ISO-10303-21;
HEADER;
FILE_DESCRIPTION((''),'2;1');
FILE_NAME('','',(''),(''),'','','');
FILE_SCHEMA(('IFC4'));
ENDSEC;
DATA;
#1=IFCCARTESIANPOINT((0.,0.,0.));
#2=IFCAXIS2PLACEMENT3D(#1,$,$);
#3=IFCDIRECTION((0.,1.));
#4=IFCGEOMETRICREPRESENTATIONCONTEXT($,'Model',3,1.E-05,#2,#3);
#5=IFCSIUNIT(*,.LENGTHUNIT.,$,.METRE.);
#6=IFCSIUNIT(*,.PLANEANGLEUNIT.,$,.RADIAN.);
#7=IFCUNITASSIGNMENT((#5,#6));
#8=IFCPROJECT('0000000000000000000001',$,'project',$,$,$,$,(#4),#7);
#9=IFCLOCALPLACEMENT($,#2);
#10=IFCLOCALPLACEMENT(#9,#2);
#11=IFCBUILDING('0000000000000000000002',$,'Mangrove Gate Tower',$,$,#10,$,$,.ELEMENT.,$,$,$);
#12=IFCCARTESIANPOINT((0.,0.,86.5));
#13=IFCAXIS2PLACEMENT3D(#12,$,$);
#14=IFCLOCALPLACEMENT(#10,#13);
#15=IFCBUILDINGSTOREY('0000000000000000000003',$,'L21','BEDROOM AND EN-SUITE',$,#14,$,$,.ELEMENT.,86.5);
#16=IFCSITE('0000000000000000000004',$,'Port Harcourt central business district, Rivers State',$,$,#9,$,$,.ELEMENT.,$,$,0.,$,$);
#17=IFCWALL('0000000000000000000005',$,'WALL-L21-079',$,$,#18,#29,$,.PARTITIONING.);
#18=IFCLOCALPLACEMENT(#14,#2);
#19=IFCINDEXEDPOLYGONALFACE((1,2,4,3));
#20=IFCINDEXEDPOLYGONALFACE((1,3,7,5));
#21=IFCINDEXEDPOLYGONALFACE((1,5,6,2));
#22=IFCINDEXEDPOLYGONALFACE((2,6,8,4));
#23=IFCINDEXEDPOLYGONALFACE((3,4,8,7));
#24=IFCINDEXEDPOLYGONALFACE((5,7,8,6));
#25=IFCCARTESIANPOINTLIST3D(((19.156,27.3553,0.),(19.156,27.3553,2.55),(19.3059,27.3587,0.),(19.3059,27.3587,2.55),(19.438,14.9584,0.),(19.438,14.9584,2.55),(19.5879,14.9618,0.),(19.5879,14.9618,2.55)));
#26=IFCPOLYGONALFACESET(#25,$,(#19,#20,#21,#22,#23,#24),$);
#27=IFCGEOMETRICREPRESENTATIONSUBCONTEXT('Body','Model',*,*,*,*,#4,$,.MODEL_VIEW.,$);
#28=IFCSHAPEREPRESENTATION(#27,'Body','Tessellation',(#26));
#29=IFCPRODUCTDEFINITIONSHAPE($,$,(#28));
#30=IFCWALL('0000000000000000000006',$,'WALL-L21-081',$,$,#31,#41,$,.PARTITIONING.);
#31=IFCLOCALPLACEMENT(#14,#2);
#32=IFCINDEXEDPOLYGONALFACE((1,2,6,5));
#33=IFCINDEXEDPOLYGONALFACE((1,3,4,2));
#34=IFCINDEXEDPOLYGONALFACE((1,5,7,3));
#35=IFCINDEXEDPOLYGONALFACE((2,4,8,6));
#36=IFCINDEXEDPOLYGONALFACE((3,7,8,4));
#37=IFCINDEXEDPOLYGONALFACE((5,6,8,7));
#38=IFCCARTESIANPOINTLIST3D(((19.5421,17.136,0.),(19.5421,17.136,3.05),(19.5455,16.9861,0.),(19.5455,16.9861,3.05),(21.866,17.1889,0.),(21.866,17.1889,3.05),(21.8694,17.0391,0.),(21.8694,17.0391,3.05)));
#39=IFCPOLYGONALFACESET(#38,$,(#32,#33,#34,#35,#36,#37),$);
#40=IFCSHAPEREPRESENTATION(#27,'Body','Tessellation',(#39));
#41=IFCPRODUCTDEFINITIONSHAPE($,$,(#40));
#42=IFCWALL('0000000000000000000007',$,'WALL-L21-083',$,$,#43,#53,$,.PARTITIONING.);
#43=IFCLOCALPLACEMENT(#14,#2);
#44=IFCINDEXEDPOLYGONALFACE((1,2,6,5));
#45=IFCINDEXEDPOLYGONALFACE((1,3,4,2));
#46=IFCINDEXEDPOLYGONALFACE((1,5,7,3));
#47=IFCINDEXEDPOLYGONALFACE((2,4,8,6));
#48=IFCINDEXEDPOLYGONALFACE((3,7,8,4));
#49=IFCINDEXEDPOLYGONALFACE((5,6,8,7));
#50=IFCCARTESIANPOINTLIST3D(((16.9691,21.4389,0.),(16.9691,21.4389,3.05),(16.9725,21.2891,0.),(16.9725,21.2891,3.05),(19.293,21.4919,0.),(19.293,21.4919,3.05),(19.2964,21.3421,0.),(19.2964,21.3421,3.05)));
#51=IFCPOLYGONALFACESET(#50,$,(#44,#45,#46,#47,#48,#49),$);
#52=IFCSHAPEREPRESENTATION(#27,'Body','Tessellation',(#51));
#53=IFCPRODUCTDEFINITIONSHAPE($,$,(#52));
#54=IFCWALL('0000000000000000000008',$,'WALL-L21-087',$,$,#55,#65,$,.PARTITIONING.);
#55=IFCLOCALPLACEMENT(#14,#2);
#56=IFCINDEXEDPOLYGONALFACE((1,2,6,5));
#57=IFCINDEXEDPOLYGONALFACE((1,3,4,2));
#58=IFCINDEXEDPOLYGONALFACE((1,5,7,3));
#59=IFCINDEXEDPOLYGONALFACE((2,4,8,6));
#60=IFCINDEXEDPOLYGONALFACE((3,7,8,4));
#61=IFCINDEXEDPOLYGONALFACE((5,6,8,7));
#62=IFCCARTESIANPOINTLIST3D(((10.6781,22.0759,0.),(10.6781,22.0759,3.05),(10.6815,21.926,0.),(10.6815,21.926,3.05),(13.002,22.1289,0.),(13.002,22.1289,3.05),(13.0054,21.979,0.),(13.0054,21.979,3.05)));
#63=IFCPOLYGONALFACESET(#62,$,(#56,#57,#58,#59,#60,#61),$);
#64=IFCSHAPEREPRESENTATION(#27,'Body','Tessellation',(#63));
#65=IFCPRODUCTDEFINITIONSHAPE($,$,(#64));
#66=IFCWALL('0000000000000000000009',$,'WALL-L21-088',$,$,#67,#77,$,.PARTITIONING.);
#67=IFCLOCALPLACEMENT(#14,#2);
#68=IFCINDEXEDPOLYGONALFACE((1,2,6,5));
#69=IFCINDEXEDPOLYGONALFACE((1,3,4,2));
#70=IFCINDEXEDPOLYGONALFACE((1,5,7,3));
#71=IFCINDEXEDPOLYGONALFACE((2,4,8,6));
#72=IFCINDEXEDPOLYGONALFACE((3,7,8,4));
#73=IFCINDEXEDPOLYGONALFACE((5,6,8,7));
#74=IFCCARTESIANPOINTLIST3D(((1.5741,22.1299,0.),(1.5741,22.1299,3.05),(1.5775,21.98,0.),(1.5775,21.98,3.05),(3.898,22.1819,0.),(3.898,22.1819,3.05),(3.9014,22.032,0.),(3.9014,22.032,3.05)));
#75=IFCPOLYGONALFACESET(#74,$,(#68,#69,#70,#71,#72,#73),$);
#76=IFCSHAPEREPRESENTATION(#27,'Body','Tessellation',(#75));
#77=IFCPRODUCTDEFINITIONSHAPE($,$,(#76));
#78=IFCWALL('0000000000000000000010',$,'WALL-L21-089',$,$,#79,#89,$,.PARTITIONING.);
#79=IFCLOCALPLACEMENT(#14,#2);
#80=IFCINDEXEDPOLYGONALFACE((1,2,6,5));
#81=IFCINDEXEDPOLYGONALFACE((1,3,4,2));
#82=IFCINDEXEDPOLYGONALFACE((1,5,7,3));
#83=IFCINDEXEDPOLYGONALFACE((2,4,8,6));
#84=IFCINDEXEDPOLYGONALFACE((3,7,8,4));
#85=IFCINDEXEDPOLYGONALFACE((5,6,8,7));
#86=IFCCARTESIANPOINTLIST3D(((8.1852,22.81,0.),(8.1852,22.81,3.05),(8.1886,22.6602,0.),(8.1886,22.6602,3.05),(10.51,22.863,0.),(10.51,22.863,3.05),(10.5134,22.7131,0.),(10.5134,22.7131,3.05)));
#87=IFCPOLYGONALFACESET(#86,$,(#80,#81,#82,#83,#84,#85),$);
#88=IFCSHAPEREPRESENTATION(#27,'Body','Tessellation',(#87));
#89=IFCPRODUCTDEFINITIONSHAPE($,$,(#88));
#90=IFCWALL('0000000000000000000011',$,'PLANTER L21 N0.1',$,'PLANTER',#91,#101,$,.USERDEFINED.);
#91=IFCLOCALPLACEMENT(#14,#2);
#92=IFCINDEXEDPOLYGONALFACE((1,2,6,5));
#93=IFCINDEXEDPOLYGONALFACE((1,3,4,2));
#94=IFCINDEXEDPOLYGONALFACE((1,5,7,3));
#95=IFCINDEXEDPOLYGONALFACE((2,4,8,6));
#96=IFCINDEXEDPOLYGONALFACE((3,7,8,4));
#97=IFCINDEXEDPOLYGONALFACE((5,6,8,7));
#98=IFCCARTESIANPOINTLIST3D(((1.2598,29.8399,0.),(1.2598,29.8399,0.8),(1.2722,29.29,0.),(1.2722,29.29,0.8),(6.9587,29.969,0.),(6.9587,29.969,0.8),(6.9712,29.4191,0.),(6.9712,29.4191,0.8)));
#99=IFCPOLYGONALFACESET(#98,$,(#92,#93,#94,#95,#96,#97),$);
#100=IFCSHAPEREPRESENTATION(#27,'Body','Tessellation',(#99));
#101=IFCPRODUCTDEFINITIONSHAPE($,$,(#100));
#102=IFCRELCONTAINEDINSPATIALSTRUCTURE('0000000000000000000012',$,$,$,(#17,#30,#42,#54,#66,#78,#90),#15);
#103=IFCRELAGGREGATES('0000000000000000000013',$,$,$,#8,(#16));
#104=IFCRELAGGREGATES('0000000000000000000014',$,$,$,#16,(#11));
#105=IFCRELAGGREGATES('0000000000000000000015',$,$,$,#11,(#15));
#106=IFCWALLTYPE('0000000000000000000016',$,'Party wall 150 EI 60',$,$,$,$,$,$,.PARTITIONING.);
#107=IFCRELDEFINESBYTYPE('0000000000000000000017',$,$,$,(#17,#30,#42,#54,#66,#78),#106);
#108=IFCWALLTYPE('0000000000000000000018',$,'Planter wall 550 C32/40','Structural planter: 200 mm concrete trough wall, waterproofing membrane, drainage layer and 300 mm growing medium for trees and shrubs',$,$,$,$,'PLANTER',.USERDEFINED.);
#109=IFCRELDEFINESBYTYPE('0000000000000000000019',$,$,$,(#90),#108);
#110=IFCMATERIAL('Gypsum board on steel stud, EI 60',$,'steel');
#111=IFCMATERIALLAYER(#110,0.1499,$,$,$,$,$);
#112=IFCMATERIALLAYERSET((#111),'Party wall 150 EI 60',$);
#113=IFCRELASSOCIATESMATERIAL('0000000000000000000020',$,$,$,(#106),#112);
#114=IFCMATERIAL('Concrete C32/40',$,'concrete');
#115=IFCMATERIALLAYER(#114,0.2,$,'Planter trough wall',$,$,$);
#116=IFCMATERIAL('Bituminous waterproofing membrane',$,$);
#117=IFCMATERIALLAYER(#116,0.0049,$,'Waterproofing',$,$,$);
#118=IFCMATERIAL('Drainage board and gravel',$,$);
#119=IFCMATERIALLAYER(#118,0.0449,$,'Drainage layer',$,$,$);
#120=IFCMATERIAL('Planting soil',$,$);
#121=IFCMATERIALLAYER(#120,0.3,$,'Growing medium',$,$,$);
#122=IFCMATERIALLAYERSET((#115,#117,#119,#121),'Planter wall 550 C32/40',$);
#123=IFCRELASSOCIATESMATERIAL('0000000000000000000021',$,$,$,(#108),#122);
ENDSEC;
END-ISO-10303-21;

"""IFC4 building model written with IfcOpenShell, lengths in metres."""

from ifc_helpers import new_model, si_unit, direction, frame, frame_2d, origin, place, context, subcontext, project, spatial, rectangle, extrude, material, layer, layer_set, type_object, element, save


model = new_model("IFC4")

# Units and contexts
model_context = context("Model", 3, precision=1e-05, world=origin(), true_north=direction((0.0, 1.0)))
body_context = subcontext(model_context, "Body", "Model", "MODEL_VIEW")
ifc_project = project(units=[si_unit("LENGTHUNIT", "METRE"), si_unit("PLANEANGLEUNIT", "RADIAN")], contexts=[model_context])

# Site, building, storey
site_placement = place(None, origin())
site = spatial("IfcSite", under=ifc_project, at=site_placement, Name="Port Harcourt central business district, Rivers State", CompositionType="ELEMENT", RefElevation=0.0)
building_placement = place(site_placement, origin())
building = spatial("IfcBuilding", under=site, at=building_placement, Name="Mangrove Gate Tower", CompositionType="ELEMENT")
storey_placement = place(building_placement, frame((0.0, 0.0, 86.5)))
storey = spatial("IfcBuildingStorey", under=building, at=storey_placement, Name="L21", Description="BEDROOM AND EN-SUITE", CompositionType="ELEMENT", Elevation=86.5)

# Shared definitions
ifc_material_1 = material(Name="Gypsum board on steel stud, EI 60", Category="steel")
ifc_layer_1 = layer(ifc_material_1, 0.1499)
ifc_layer_set_1 = layer_set([ifc_layer_1], Name="Party wall 150 EI 60")
wall_type_1 = type_object("IfcWallType", Name="Party wall 150 EI 60", PredefinedType="PARTITIONING", material=ifc_layer_set_1)

# Walls
wall_1_placement = place(storey_placement, frame((19.5129, 14.96, 0.0), z_axis=(0.0, 0.0, 1.0), x_axis=(-0.02274, 0.999741, 0.0)))
element("IfcWall", 1, at=wall_1_placement, inside=storey, type_object=wall_type_1, Name="WALL-L21-079", PredefinedType="PARTITIONING", context=body_context, shape_type="SweptSolid", body=[
    extrude(rectangle(XDim=12.4001, YDim=0.1499, at=frame_2d((6.2002, 0.0))), origin(), (0.0, 0.0, 1.0), 2.55),
])
for number, where, z_axis, x_axis, name in (
    (2, (19.5439, 17.061, 0.0), (0.0, 0.0, 1.0), (0.99974, 0.022791, 0.0), "WALL-L21-081"),
    (3, (16.9709, 21.364, 0.0), (0.0, 0.0, 1.0), (0.99974, 0.022791, 0.0), "WALL-L21-083"),
    (4, (10.6799, 22.001, 0.0), (0.0, 0.0, 1.0), (0.99974, 0.022791, 0.0), "WALL-L21-087"),
    (5, (1.5759, 22.0549, 0.0), (0.0, 0.0, 1.0), (0.99975, 0.022371, 0.0), "WALL-L21-088"),
):
    element("IfcWall", number, at=place(storey_placement, frame(where, z_axis=z_axis, x_axis=x_axis)), inside=storey, type_object=wall_type_1, Name=name, PredefinedType="PARTITIONING", context=body_context, shape_type="SweptSolid", body=[
        extrude(rectangle(XDim=2.3245, YDim=0.1499, at=frame_2d((1.1621, 0.0))), origin(), (0.0, 0.0, 1.0), 3.05),
    ])
wall_2_placement = place(storey_placement, frame((8.187, 22.7351, 0.0), z_axis=(0.0, 0.0, 1.0), x_axis=(0.99974, 0.022781, 0.0)))
element("IfcWall", 6, at=wall_2_placement, inside=storey, type_object=wall_type_1, Name="WALL-L21-089", PredefinedType="PARTITIONING", context=body_context, shape_type="SweptSolid", body=[
    extrude(rectangle(XDim=2.3254, YDim=0.1499, at=frame_2d((1.1626, 0.0))), origin(), (0.0, 0.0, 1.0), 3.05),
])
ifc_material_2 = material(Name="Concrete C32/40", Category="concrete")
ifc_layer_2 = layer(ifc_material_2, 0.2, Name="Planter trough wall")
ifc_material_3 = material(Name="Bituminous waterproofing membrane")
ifc_layer_3 = layer(ifc_material_3, 0.0049, Name="Waterproofing")
ifc_material_4 = material(Name="Drainage board and gravel")
ifc_layer_4 = layer(ifc_material_4, 0.0449, Name="Drainage layer")
ifc_material_5 = material(Name="Planting soil")
ifc_layer_5 = layer(ifc_material_5, 0.3, Name="Growing medium")
ifc_layer_set_2 = layer_set([ifc_layer_2, ifc_layer_3, ifc_layer_4, ifc_layer_5], Name="Planter wall 550 C32/40")
wall_type_2 = type_object("IfcWallType", Name="Planter wall 550 C32/40", Description="Structural planter: 200 mm concrete trough wall, waterproofing membrane, drainage layer and 300 mm growing medium for trees and shrubs", ElementType="PLANTER", PredefinedType="USERDEFINED", material=ifc_layer_set_2)
wall_3_placement = place(storey_placement, frame((1.2661, 29.5649, 0.0), z_axis=(0.0, 0.0, 1.0), x_axis=(0.999743, 0.022656, 0.0)))
element("IfcWall", 7, at=wall_3_placement, inside=storey, type_object=wall_type_2, Name="PLANTER L21 N0.1", ObjectType="PLANTER", PredefinedType="USERDEFINED", context=body_context, shape_type="SweptSolid", body=[
    extrude(rectangle(XDim=5.7004, YDim=0.55, at=frame_2d((2.8501, 0.0))), origin(), (0.0, 0.0, 1.0), 0.8),
])

save(model, "model.ifc")
